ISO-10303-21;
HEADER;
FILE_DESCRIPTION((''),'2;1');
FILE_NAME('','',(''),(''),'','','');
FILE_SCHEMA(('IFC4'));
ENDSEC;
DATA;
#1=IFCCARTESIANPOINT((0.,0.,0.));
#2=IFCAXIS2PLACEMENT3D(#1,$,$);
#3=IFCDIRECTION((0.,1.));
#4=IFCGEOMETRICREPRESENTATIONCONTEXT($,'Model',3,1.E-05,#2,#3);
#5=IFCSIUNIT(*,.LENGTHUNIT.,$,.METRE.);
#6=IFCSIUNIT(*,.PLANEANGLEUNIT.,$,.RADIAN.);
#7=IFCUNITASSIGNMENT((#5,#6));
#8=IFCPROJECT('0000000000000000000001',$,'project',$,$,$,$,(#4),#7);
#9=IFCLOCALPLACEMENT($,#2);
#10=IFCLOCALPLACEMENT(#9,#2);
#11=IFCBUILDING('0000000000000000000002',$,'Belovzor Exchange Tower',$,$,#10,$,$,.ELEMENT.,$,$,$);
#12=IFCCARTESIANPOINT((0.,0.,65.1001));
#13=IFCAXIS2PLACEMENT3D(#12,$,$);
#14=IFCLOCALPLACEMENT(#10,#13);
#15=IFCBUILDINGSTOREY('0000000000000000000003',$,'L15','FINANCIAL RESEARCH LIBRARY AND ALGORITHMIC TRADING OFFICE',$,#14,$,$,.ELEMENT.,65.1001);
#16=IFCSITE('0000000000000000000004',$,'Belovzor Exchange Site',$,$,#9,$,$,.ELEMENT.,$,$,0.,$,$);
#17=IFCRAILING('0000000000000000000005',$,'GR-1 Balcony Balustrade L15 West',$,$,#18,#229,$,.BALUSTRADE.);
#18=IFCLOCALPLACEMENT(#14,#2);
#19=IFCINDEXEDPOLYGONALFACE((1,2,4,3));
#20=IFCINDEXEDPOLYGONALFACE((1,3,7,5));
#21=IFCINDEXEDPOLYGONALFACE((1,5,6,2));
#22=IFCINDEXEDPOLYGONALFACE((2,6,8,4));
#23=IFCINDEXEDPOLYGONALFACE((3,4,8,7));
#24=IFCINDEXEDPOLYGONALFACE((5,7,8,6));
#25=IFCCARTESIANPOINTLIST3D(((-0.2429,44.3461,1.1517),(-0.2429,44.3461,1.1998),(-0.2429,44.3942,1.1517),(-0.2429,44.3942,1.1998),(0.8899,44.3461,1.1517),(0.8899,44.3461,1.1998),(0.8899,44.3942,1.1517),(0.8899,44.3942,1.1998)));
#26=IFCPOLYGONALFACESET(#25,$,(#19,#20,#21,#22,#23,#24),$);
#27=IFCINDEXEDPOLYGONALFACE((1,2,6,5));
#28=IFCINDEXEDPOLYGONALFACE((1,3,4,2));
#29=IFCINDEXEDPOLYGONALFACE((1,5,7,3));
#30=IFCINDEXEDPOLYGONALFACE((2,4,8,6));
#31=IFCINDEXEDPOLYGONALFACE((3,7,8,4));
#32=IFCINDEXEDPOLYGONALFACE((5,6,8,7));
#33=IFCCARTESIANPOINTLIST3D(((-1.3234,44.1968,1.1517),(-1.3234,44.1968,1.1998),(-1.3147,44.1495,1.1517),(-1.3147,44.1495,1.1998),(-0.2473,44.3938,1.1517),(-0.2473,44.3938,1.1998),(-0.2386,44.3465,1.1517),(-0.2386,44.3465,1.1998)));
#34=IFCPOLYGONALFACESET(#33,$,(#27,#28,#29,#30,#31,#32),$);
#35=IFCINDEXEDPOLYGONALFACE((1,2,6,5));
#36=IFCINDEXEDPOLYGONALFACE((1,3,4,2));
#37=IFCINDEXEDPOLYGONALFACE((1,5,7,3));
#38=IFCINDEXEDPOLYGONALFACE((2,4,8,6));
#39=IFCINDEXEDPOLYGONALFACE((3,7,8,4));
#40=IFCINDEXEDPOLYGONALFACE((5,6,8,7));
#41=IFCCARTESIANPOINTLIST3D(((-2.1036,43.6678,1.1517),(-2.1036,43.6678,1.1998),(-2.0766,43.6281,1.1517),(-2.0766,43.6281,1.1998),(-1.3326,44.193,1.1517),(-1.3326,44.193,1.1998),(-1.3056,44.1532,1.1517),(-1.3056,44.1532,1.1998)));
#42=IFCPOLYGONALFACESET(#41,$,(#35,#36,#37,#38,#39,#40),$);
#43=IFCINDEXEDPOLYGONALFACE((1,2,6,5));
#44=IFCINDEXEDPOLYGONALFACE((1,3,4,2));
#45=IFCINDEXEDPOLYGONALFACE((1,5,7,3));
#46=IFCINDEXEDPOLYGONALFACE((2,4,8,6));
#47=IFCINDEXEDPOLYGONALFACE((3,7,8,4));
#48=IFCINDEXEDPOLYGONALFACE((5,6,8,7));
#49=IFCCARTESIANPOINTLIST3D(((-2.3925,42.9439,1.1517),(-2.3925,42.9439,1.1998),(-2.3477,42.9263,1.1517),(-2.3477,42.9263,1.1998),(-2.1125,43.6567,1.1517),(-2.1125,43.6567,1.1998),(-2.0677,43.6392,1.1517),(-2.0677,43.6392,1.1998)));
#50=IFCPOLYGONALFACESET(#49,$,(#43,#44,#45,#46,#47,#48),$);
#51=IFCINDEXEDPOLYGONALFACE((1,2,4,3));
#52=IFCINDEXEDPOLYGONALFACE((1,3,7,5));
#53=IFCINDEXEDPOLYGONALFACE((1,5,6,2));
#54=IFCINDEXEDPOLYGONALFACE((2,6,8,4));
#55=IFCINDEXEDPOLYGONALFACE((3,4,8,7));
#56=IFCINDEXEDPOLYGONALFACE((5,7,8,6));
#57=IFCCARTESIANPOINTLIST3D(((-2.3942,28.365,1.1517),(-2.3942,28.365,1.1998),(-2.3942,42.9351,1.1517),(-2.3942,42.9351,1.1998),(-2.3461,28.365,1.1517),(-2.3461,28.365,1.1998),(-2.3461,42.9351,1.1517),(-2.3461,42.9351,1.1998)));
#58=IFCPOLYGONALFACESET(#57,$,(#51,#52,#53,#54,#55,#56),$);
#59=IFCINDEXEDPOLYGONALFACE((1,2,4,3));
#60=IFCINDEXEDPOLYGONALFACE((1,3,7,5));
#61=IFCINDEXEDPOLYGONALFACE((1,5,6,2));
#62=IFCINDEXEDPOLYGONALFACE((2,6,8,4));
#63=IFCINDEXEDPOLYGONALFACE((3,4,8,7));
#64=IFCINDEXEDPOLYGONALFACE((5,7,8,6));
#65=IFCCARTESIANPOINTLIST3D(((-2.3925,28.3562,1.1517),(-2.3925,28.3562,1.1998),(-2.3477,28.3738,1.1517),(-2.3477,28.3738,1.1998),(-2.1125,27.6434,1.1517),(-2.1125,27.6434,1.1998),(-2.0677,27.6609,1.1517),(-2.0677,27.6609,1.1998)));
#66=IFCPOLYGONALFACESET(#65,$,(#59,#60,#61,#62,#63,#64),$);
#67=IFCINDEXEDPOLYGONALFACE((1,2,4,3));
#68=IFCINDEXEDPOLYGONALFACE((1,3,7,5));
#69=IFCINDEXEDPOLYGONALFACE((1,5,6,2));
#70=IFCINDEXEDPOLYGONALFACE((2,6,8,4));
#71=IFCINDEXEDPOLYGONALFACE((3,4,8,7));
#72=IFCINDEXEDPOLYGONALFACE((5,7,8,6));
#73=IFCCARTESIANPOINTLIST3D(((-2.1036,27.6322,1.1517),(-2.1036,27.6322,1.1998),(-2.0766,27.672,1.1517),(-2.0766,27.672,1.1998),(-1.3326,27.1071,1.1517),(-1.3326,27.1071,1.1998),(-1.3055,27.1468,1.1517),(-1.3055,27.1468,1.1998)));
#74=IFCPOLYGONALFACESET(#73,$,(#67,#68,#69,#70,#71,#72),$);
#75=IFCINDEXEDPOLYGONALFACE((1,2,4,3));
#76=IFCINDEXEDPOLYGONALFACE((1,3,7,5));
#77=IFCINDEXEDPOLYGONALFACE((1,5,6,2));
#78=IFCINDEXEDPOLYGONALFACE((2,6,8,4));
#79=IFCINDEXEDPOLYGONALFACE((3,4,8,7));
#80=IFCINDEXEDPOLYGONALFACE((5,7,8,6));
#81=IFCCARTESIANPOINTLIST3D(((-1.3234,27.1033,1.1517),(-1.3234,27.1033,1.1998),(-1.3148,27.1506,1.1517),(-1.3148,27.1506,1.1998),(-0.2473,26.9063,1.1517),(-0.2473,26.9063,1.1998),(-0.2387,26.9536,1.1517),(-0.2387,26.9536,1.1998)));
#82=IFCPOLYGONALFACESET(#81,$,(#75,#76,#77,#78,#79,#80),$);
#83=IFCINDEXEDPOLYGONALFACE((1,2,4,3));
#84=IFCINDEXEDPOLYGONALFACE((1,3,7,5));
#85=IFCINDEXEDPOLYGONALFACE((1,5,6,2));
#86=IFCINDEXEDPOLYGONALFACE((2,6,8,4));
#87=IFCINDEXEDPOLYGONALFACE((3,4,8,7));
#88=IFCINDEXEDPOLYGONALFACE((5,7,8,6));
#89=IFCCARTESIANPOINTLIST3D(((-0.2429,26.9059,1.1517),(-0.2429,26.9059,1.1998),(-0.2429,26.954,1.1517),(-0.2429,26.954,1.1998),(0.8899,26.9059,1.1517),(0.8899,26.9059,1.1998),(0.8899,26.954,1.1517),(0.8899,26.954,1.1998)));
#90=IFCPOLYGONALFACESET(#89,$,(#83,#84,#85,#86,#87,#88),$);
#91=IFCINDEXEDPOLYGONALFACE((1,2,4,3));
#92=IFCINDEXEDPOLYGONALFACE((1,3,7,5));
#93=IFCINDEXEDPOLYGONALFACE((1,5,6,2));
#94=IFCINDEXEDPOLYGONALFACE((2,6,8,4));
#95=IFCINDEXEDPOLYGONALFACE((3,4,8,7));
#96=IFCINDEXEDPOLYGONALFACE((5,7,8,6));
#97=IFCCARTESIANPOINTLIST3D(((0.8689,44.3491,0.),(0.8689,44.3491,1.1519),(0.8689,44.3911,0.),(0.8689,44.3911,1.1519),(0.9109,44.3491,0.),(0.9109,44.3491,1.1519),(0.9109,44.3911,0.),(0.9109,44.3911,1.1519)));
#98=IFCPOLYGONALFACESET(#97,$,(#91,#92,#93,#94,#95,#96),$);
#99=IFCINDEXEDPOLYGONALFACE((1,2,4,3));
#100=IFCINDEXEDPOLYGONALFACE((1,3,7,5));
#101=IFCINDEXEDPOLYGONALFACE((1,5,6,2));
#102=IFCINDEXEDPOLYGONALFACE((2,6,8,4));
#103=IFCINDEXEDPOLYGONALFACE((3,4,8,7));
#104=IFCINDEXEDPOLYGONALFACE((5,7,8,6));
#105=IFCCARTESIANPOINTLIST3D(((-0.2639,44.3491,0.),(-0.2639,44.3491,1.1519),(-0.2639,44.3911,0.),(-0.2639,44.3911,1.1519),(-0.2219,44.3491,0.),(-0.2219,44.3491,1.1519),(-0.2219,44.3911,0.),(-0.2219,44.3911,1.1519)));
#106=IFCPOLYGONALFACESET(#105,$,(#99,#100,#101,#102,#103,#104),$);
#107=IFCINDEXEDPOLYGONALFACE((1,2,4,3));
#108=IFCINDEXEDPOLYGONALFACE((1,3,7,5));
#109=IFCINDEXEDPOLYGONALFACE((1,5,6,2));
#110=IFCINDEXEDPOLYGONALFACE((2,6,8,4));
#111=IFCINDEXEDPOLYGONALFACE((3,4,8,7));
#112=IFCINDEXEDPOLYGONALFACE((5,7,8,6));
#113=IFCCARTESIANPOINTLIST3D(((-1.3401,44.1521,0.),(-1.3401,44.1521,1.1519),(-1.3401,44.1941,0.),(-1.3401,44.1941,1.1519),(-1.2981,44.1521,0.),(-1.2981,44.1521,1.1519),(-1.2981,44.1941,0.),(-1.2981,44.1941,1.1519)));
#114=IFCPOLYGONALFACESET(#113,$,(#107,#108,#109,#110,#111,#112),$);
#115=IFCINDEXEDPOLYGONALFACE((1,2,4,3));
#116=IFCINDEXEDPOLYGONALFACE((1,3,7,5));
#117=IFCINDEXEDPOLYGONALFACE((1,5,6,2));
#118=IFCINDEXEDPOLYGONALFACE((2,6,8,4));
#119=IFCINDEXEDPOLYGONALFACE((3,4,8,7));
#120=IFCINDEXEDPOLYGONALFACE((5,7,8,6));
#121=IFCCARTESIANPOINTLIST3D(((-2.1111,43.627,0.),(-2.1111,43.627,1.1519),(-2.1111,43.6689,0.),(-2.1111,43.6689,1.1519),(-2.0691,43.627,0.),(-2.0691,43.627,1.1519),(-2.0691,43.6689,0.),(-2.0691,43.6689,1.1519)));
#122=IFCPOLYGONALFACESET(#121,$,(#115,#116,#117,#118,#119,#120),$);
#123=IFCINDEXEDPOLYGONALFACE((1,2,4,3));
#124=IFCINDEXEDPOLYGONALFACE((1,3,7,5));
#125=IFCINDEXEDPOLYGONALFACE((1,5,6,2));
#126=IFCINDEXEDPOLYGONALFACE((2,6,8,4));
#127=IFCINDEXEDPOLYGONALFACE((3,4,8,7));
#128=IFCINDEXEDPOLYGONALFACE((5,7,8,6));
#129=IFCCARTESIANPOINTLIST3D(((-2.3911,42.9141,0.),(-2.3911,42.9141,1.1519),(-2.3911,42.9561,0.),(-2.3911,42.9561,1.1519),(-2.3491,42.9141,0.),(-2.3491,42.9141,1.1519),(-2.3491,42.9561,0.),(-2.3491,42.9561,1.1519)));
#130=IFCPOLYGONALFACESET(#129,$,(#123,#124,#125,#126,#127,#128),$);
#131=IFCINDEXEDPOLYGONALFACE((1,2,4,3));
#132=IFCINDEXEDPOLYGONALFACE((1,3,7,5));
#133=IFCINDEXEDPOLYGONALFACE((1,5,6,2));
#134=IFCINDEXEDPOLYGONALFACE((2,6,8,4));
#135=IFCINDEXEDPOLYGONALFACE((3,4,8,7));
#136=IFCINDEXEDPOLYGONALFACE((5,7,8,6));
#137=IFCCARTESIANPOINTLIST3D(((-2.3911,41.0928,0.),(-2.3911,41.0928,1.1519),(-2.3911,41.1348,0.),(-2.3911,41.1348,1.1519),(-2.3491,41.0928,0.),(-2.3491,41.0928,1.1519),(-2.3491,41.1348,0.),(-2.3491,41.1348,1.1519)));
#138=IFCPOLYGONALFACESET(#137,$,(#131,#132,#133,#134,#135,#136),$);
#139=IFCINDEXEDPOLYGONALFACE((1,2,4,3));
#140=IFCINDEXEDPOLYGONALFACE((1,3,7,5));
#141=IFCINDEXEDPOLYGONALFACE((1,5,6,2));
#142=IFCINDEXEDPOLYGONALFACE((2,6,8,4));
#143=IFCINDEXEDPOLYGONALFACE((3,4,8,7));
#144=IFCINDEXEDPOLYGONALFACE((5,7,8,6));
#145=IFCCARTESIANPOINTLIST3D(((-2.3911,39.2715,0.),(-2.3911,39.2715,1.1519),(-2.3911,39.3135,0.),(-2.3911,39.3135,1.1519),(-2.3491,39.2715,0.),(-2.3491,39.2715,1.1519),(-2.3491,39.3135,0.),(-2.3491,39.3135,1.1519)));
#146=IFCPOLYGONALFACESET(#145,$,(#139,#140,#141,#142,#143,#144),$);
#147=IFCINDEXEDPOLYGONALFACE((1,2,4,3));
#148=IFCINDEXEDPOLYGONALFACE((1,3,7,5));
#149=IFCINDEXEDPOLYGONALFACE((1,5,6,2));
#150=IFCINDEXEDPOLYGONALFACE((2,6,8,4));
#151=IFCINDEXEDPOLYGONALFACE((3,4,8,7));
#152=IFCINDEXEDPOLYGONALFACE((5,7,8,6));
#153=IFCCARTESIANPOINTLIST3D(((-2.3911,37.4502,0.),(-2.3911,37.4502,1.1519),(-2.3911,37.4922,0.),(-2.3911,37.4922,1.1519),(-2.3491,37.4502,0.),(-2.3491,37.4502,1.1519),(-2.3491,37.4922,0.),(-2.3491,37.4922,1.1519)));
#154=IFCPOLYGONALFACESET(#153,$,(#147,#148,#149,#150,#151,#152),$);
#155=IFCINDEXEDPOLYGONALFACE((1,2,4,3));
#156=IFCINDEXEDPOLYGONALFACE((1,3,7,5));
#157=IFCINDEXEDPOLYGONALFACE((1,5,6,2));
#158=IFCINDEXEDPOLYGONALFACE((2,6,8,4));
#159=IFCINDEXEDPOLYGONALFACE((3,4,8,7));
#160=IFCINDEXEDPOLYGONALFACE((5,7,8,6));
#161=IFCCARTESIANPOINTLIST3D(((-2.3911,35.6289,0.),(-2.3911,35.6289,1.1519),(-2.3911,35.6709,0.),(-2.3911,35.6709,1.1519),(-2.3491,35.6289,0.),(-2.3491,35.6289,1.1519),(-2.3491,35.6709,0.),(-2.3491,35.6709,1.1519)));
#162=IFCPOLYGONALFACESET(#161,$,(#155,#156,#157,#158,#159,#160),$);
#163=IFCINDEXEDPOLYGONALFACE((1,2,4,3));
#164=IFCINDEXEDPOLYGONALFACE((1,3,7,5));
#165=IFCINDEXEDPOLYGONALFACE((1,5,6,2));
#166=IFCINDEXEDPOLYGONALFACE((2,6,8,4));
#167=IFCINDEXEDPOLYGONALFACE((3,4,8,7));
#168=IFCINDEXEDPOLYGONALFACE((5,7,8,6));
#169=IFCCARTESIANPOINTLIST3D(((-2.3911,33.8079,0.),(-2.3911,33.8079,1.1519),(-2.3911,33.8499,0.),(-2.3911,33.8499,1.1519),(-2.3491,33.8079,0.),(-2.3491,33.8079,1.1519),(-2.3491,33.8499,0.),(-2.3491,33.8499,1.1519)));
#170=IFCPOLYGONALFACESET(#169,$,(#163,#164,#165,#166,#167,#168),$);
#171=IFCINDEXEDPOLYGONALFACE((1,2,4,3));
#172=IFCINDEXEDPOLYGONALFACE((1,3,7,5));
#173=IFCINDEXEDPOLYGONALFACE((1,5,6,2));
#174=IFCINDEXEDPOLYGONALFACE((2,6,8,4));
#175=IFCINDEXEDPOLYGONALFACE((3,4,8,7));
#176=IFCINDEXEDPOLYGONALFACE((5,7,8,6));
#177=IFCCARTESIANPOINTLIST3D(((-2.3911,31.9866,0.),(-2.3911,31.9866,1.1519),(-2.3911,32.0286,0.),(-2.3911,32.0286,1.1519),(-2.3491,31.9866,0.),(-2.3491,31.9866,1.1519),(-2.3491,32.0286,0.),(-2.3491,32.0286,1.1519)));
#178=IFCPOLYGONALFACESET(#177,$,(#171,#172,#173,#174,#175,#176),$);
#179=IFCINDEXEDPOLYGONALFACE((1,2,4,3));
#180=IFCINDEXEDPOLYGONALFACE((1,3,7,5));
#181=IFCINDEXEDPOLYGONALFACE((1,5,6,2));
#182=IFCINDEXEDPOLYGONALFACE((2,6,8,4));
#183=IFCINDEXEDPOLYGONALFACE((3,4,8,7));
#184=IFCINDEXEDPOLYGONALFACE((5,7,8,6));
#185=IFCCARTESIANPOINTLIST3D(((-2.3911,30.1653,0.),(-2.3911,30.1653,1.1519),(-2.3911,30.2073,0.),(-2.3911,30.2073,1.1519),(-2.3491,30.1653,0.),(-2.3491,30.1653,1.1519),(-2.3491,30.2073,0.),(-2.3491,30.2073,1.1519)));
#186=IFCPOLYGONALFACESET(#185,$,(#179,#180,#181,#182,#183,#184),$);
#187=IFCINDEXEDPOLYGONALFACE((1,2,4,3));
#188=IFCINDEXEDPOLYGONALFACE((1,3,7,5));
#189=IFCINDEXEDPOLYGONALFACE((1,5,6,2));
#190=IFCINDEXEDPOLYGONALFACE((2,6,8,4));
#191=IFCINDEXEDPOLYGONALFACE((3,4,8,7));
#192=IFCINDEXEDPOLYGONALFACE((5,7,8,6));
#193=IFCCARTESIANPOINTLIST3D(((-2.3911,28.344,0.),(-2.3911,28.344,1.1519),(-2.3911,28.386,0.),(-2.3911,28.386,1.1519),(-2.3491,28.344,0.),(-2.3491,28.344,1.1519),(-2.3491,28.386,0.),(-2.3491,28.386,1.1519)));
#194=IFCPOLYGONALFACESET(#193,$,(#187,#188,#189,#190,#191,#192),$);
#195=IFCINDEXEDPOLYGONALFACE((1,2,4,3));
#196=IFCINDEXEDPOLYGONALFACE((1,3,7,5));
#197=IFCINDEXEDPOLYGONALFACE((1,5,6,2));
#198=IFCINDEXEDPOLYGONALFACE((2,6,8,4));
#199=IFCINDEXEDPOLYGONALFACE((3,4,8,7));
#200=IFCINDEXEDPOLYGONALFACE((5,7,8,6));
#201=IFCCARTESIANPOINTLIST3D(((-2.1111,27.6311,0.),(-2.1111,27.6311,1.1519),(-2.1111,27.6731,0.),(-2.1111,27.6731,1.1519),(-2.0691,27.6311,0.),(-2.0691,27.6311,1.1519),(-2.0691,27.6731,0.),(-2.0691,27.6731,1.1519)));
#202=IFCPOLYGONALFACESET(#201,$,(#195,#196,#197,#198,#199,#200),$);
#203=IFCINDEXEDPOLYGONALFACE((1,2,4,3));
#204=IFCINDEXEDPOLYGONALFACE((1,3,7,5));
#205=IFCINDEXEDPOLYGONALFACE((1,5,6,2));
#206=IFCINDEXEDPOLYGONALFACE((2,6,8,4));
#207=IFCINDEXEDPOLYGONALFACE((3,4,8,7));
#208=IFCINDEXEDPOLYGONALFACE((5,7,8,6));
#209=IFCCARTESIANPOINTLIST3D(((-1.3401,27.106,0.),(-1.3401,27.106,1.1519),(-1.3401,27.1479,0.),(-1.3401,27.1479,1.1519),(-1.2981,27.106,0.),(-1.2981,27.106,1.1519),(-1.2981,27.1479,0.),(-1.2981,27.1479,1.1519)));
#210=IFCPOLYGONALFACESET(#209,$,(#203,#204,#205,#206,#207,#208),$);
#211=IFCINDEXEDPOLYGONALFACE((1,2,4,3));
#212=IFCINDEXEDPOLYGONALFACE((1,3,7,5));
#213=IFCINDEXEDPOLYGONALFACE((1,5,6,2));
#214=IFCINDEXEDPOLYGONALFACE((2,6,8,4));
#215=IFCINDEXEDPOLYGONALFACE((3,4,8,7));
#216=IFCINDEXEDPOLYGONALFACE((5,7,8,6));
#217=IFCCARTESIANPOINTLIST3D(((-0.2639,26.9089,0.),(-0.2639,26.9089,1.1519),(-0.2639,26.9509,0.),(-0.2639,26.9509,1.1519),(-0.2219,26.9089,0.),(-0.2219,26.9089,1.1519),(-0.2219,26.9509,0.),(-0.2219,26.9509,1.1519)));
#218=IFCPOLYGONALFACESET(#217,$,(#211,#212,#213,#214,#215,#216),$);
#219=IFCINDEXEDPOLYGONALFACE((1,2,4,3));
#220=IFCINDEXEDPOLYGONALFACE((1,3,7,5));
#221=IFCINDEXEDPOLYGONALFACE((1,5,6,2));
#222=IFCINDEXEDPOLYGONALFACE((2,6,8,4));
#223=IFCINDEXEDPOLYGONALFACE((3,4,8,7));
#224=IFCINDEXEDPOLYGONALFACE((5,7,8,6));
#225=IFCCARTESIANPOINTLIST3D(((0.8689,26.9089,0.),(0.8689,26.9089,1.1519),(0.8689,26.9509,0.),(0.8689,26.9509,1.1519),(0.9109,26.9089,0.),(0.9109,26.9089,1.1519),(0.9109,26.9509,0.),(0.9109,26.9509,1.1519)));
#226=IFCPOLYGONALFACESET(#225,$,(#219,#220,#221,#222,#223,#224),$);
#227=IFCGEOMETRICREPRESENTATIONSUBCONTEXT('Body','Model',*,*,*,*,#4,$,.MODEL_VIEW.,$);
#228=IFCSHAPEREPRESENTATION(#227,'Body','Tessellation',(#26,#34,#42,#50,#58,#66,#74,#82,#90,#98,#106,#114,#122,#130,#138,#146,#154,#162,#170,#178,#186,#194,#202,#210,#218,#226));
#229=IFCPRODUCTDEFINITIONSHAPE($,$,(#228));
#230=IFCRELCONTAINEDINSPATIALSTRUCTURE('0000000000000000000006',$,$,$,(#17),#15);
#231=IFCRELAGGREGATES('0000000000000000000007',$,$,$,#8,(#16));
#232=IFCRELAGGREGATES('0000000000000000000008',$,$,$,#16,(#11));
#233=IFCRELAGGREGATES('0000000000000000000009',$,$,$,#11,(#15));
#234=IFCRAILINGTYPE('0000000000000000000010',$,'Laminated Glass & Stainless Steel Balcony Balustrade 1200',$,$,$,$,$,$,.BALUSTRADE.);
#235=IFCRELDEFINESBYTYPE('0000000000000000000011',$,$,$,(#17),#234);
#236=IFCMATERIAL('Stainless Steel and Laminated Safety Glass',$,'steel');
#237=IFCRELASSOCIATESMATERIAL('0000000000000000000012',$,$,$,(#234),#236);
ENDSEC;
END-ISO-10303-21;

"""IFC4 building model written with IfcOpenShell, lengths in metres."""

from ifc_helpers import new_model, si_unit, direction, frame, origin, origin_2d, place, context, subcontext, project, spatial, rectangle, extrude, material, type_object, element, save


model = new_model("IFC4")

# Units and contexts
model_context = context("Model", 3, precision=1e-05, world=origin(), true_north=direction((0.0, 1.0)))
body_context = subcontext(model_context, "Body", "Model", "MODEL_VIEW")
ifc_project = project(units=[si_unit("LENGTHUNIT", "METRE"), si_unit("PLANEANGLEUNIT", "RADIAN")], contexts=[model_context])

# Site, building, storey
site_placement = place(None, origin())
site = spatial("IfcSite", under=ifc_project, at=site_placement, Name="Belovzor Exchange Site", CompositionType="ELEMENT", RefElevation=0.0)
building_placement = place(site_placement, origin())
building = spatial("IfcBuilding", under=site, at=building_placement, Name="Belovzor Exchange Tower", CompositionType="ELEMENT")
storey_placement = place(building_placement, frame((0.0, 0.0, 65.1001)))
storey = spatial("IfcBuildingStorey", under=building, at=storey_placement, Name="L15", Description="FINANCIAL RESEARCH LIBRARY AND ALGORITHMIC TRADING OFFICE", CompositionType="ELEMENT", Elevation=65.1001)

# Railing
ifc_material_1 = material(Name="Stainless Steel and Laminated Safety Glass", Category="steel")
railing_type = type_object("IfcRailingType", Name="Laminated Glass & Stainless Steel Balcony Balustrade 1200", PredefinedType="BALUSTRADE", material=ifc_material_1)
railing_placement = place(storey_placement, frame((0.8899, 44.3701, 0.0)))
element("IfcRailing", 1, at=railing_placement, inside=storey, type_object=railing_type, Name="GR-1 Balcony Balustrade L15 West", PredefinedType="BALUSTRADE", context=body_context, shape_type="SweptSolid", body=[
    extrude(rectangle(XDim=0.0481, YDim=0.0481, at=origin_2d()), frame((0.0, 0.0, 1.1758), z_axis=(-1.0, 0.0, 0.0), x_axis=(0.0, -1.0, 0.0)), (0.0, 0.0, 1.0), 1.1328),
    extrude(rectangle(XDim=0.0481, YDim=0.0481, at=origin_2d()), frame((-1.1328, 0.0, 1.1758), z_axis=(-0.983651, -0.180083, 0.0), x_axis=(0.180083, -0.983651, 0.0)), (0.0, 0.0, 1.0), 1.094),
    extrude(rectangle(XDim=0.0481, YDim=0.0481, at=origin_2d()), frame((-2.209, -0.197, 1.1758), z_axis=(-0.826493, -0.562947, 0.0), x_axis=(0.562947, -0.826493, 0.0)), (0.0, 0.0, 1.0), 0.9329),
    extrude(rectangle(XDim=0.0481, YDim=0.0481, at=origin_2d()), frame((-2.98, -0.7222, 1.1758), z_axis=(-0.365613, -0.930767, 0.0), x_axis=(0.930767, -0.365613, 0.0)), (0.0, 0.0, 1.0), 0.7659),
    extrude(rectangle(XDim=0.0481, YDim=0.0481, at=origin_2d()), frame((-3.26, -1.4351, 1.1758), z_axis=(0.0, -1.0, 0.0), x_axis=(1.0, 0.0, 0.0)), (0.0, 0.0, 1.0), 14.5701),
    extrude(rectangle(XDim=0.0481, YDim=0.0481, at=origin_2d()), frame((-3.26, -16.0051, 1.1758), z_axis=(0.365613, -0.930767, 0.0), x_axis=(0.930767, 0.365613, 0.0)), (0.0, 0.0, 1.0), 0.7659),
    extrude(rectangle(XDim=0.0481, YDim=0.0481, at=origin_2d()), frame((-2.98, -16.718, 1.1758), z_axis=(0.826493, -0.562947, 0.0), x_axis=(0.562947, 0.826493, 0.0)), (0.0, 0.0, 1.0), 0.9329),
    extrude(rectangle(XDim=0.0481, YDim=0.0481, at=origin_2d()), frame((-2.209, -17.2432, 1.1758), z_axis=(0.983651, -0.180083, 0.0), x_axis=(0.180083, 0.983651, 0.0)), (0.0, 0.0, 1.0), 1.094),
    extrude(rectangle(XDim=0.0481, YDim=0.0481, at=origin_2d()), frame((-1.1328, -17.4402, 1.1758), z_axis=(1.0, 0.0, 0.0), x_axis=(0.0, 1.0, 0.0)), (0.0, 0.0, 1.0), 1.1328),
    extrude(rectangle(XDim=0.042, YDim=0.042, at=origin_2d()), origin(), (0.0, 0.0, 1.0), 1.1519),
    extrude(rectangle(XDim=0.042, YDim=0.042, at=origin_2d()), frame((-1.1328, 0.0, 0.0)), (0.0, 0.0, 1.0), 1.1519),
    extrude(rectangle(XDim=0.042, YDim=0.042, at=origin_2d()), frame((-2.209, -0.197, 0.0)), (0.0, 0.0, 1.0), 1.1519),
    extrude(rectangle(XDim=0.042, YDim=0.042, at=origin_2d()), frame((-2.98, -0.7222, 0.0)), (0.0, 0.0, 1.0), 1.1519),
    extrude(rectangle(XDim=0.042, YDim=0.042, at=origin_2d()), frame((-3.26, -1.4351, 0.0)), (0.0, 0.0, 1.0), 1.1519),
    extrude(rectangle(XDim=0.042, YDim=0.042, at=origin_2d()), frame((-3.26, -3.2563, 0.0)), (0.0, 0.0, 1.0), 1.1519),
    extrude(rectangle(XDim=0.042, YDim=0.042, at=origin_2d()), frame((-3.26, -5.0776, 0.0)), (0.0, 0.0, 1.0), 1.1519),
    extrude(rectangle(XDim=0.042, YDim=0.042, at=origin_2d()), frame((-3.26, -6.8989, 0.0)), (0.0, 0.0, 1.0), 1.1519),
    extrude(rectangle(XDim=0.042, YDim=0.042, at=origin_2d()), frame((-3.26, -8.7202, 0.0)), (0.0, 0.0, 1.0), 1.1519),
    extrude(rectangle(XDim=0.042, YDim=0.042, at=origin_2d()), frame((-3.26, -10.5413, 0.0)), (0.0, 0.0, 1.0), 1.1519),
    extrude(rectangle(XDim=0.042, YDim=0.042, at=origin_2d()), frame((-3.26, -12.3625, 0.0)), (0.0, 0.0, 1.0), 1.1519),
    extrude(rectangle(XDim=0.042, YDim=0.042, at=origin_2d()), frame((-3.26, -14.1838, 0.0)), (0.0, 0.0, 1.0), 1.1519),
    extrude(rectangle(XDim=0.042, YDim=0.042, at=origin_2d()), frame((-3.26, -16.0051, 0.0)), (0.0, 0.0, 1.0), 1.1519),
    extrude(rectangle(XDim=0.042, YDim=0.042, at=origin_2d()), frame((-2.98, -16.718, 0.0)), (0.0, 0.0, 1.0), 1.1519),
    extrude(rectangle(XDim=0.042, YDim=0.042, at=origin_2d()), frame((-2.209, -17.2432, 0.0)), (0.0, 0.0, 1.0), 1.1519),
    extrude(rectangle(XDim=0.042, YDim=0.042, at=origin_2d()), frame((-1.1328, -17.4402, 0.0)), (0.0, 0.0, 1.0), 1.1519),
    extrude(rectangle(XDim=0.042, YDim=0.042, at=origin_2d()), frame((0.0, -17.4402, 0.0)), (0.0, 0.0, 1.0), 1.1519),
])

save(model, "model.ifc")
